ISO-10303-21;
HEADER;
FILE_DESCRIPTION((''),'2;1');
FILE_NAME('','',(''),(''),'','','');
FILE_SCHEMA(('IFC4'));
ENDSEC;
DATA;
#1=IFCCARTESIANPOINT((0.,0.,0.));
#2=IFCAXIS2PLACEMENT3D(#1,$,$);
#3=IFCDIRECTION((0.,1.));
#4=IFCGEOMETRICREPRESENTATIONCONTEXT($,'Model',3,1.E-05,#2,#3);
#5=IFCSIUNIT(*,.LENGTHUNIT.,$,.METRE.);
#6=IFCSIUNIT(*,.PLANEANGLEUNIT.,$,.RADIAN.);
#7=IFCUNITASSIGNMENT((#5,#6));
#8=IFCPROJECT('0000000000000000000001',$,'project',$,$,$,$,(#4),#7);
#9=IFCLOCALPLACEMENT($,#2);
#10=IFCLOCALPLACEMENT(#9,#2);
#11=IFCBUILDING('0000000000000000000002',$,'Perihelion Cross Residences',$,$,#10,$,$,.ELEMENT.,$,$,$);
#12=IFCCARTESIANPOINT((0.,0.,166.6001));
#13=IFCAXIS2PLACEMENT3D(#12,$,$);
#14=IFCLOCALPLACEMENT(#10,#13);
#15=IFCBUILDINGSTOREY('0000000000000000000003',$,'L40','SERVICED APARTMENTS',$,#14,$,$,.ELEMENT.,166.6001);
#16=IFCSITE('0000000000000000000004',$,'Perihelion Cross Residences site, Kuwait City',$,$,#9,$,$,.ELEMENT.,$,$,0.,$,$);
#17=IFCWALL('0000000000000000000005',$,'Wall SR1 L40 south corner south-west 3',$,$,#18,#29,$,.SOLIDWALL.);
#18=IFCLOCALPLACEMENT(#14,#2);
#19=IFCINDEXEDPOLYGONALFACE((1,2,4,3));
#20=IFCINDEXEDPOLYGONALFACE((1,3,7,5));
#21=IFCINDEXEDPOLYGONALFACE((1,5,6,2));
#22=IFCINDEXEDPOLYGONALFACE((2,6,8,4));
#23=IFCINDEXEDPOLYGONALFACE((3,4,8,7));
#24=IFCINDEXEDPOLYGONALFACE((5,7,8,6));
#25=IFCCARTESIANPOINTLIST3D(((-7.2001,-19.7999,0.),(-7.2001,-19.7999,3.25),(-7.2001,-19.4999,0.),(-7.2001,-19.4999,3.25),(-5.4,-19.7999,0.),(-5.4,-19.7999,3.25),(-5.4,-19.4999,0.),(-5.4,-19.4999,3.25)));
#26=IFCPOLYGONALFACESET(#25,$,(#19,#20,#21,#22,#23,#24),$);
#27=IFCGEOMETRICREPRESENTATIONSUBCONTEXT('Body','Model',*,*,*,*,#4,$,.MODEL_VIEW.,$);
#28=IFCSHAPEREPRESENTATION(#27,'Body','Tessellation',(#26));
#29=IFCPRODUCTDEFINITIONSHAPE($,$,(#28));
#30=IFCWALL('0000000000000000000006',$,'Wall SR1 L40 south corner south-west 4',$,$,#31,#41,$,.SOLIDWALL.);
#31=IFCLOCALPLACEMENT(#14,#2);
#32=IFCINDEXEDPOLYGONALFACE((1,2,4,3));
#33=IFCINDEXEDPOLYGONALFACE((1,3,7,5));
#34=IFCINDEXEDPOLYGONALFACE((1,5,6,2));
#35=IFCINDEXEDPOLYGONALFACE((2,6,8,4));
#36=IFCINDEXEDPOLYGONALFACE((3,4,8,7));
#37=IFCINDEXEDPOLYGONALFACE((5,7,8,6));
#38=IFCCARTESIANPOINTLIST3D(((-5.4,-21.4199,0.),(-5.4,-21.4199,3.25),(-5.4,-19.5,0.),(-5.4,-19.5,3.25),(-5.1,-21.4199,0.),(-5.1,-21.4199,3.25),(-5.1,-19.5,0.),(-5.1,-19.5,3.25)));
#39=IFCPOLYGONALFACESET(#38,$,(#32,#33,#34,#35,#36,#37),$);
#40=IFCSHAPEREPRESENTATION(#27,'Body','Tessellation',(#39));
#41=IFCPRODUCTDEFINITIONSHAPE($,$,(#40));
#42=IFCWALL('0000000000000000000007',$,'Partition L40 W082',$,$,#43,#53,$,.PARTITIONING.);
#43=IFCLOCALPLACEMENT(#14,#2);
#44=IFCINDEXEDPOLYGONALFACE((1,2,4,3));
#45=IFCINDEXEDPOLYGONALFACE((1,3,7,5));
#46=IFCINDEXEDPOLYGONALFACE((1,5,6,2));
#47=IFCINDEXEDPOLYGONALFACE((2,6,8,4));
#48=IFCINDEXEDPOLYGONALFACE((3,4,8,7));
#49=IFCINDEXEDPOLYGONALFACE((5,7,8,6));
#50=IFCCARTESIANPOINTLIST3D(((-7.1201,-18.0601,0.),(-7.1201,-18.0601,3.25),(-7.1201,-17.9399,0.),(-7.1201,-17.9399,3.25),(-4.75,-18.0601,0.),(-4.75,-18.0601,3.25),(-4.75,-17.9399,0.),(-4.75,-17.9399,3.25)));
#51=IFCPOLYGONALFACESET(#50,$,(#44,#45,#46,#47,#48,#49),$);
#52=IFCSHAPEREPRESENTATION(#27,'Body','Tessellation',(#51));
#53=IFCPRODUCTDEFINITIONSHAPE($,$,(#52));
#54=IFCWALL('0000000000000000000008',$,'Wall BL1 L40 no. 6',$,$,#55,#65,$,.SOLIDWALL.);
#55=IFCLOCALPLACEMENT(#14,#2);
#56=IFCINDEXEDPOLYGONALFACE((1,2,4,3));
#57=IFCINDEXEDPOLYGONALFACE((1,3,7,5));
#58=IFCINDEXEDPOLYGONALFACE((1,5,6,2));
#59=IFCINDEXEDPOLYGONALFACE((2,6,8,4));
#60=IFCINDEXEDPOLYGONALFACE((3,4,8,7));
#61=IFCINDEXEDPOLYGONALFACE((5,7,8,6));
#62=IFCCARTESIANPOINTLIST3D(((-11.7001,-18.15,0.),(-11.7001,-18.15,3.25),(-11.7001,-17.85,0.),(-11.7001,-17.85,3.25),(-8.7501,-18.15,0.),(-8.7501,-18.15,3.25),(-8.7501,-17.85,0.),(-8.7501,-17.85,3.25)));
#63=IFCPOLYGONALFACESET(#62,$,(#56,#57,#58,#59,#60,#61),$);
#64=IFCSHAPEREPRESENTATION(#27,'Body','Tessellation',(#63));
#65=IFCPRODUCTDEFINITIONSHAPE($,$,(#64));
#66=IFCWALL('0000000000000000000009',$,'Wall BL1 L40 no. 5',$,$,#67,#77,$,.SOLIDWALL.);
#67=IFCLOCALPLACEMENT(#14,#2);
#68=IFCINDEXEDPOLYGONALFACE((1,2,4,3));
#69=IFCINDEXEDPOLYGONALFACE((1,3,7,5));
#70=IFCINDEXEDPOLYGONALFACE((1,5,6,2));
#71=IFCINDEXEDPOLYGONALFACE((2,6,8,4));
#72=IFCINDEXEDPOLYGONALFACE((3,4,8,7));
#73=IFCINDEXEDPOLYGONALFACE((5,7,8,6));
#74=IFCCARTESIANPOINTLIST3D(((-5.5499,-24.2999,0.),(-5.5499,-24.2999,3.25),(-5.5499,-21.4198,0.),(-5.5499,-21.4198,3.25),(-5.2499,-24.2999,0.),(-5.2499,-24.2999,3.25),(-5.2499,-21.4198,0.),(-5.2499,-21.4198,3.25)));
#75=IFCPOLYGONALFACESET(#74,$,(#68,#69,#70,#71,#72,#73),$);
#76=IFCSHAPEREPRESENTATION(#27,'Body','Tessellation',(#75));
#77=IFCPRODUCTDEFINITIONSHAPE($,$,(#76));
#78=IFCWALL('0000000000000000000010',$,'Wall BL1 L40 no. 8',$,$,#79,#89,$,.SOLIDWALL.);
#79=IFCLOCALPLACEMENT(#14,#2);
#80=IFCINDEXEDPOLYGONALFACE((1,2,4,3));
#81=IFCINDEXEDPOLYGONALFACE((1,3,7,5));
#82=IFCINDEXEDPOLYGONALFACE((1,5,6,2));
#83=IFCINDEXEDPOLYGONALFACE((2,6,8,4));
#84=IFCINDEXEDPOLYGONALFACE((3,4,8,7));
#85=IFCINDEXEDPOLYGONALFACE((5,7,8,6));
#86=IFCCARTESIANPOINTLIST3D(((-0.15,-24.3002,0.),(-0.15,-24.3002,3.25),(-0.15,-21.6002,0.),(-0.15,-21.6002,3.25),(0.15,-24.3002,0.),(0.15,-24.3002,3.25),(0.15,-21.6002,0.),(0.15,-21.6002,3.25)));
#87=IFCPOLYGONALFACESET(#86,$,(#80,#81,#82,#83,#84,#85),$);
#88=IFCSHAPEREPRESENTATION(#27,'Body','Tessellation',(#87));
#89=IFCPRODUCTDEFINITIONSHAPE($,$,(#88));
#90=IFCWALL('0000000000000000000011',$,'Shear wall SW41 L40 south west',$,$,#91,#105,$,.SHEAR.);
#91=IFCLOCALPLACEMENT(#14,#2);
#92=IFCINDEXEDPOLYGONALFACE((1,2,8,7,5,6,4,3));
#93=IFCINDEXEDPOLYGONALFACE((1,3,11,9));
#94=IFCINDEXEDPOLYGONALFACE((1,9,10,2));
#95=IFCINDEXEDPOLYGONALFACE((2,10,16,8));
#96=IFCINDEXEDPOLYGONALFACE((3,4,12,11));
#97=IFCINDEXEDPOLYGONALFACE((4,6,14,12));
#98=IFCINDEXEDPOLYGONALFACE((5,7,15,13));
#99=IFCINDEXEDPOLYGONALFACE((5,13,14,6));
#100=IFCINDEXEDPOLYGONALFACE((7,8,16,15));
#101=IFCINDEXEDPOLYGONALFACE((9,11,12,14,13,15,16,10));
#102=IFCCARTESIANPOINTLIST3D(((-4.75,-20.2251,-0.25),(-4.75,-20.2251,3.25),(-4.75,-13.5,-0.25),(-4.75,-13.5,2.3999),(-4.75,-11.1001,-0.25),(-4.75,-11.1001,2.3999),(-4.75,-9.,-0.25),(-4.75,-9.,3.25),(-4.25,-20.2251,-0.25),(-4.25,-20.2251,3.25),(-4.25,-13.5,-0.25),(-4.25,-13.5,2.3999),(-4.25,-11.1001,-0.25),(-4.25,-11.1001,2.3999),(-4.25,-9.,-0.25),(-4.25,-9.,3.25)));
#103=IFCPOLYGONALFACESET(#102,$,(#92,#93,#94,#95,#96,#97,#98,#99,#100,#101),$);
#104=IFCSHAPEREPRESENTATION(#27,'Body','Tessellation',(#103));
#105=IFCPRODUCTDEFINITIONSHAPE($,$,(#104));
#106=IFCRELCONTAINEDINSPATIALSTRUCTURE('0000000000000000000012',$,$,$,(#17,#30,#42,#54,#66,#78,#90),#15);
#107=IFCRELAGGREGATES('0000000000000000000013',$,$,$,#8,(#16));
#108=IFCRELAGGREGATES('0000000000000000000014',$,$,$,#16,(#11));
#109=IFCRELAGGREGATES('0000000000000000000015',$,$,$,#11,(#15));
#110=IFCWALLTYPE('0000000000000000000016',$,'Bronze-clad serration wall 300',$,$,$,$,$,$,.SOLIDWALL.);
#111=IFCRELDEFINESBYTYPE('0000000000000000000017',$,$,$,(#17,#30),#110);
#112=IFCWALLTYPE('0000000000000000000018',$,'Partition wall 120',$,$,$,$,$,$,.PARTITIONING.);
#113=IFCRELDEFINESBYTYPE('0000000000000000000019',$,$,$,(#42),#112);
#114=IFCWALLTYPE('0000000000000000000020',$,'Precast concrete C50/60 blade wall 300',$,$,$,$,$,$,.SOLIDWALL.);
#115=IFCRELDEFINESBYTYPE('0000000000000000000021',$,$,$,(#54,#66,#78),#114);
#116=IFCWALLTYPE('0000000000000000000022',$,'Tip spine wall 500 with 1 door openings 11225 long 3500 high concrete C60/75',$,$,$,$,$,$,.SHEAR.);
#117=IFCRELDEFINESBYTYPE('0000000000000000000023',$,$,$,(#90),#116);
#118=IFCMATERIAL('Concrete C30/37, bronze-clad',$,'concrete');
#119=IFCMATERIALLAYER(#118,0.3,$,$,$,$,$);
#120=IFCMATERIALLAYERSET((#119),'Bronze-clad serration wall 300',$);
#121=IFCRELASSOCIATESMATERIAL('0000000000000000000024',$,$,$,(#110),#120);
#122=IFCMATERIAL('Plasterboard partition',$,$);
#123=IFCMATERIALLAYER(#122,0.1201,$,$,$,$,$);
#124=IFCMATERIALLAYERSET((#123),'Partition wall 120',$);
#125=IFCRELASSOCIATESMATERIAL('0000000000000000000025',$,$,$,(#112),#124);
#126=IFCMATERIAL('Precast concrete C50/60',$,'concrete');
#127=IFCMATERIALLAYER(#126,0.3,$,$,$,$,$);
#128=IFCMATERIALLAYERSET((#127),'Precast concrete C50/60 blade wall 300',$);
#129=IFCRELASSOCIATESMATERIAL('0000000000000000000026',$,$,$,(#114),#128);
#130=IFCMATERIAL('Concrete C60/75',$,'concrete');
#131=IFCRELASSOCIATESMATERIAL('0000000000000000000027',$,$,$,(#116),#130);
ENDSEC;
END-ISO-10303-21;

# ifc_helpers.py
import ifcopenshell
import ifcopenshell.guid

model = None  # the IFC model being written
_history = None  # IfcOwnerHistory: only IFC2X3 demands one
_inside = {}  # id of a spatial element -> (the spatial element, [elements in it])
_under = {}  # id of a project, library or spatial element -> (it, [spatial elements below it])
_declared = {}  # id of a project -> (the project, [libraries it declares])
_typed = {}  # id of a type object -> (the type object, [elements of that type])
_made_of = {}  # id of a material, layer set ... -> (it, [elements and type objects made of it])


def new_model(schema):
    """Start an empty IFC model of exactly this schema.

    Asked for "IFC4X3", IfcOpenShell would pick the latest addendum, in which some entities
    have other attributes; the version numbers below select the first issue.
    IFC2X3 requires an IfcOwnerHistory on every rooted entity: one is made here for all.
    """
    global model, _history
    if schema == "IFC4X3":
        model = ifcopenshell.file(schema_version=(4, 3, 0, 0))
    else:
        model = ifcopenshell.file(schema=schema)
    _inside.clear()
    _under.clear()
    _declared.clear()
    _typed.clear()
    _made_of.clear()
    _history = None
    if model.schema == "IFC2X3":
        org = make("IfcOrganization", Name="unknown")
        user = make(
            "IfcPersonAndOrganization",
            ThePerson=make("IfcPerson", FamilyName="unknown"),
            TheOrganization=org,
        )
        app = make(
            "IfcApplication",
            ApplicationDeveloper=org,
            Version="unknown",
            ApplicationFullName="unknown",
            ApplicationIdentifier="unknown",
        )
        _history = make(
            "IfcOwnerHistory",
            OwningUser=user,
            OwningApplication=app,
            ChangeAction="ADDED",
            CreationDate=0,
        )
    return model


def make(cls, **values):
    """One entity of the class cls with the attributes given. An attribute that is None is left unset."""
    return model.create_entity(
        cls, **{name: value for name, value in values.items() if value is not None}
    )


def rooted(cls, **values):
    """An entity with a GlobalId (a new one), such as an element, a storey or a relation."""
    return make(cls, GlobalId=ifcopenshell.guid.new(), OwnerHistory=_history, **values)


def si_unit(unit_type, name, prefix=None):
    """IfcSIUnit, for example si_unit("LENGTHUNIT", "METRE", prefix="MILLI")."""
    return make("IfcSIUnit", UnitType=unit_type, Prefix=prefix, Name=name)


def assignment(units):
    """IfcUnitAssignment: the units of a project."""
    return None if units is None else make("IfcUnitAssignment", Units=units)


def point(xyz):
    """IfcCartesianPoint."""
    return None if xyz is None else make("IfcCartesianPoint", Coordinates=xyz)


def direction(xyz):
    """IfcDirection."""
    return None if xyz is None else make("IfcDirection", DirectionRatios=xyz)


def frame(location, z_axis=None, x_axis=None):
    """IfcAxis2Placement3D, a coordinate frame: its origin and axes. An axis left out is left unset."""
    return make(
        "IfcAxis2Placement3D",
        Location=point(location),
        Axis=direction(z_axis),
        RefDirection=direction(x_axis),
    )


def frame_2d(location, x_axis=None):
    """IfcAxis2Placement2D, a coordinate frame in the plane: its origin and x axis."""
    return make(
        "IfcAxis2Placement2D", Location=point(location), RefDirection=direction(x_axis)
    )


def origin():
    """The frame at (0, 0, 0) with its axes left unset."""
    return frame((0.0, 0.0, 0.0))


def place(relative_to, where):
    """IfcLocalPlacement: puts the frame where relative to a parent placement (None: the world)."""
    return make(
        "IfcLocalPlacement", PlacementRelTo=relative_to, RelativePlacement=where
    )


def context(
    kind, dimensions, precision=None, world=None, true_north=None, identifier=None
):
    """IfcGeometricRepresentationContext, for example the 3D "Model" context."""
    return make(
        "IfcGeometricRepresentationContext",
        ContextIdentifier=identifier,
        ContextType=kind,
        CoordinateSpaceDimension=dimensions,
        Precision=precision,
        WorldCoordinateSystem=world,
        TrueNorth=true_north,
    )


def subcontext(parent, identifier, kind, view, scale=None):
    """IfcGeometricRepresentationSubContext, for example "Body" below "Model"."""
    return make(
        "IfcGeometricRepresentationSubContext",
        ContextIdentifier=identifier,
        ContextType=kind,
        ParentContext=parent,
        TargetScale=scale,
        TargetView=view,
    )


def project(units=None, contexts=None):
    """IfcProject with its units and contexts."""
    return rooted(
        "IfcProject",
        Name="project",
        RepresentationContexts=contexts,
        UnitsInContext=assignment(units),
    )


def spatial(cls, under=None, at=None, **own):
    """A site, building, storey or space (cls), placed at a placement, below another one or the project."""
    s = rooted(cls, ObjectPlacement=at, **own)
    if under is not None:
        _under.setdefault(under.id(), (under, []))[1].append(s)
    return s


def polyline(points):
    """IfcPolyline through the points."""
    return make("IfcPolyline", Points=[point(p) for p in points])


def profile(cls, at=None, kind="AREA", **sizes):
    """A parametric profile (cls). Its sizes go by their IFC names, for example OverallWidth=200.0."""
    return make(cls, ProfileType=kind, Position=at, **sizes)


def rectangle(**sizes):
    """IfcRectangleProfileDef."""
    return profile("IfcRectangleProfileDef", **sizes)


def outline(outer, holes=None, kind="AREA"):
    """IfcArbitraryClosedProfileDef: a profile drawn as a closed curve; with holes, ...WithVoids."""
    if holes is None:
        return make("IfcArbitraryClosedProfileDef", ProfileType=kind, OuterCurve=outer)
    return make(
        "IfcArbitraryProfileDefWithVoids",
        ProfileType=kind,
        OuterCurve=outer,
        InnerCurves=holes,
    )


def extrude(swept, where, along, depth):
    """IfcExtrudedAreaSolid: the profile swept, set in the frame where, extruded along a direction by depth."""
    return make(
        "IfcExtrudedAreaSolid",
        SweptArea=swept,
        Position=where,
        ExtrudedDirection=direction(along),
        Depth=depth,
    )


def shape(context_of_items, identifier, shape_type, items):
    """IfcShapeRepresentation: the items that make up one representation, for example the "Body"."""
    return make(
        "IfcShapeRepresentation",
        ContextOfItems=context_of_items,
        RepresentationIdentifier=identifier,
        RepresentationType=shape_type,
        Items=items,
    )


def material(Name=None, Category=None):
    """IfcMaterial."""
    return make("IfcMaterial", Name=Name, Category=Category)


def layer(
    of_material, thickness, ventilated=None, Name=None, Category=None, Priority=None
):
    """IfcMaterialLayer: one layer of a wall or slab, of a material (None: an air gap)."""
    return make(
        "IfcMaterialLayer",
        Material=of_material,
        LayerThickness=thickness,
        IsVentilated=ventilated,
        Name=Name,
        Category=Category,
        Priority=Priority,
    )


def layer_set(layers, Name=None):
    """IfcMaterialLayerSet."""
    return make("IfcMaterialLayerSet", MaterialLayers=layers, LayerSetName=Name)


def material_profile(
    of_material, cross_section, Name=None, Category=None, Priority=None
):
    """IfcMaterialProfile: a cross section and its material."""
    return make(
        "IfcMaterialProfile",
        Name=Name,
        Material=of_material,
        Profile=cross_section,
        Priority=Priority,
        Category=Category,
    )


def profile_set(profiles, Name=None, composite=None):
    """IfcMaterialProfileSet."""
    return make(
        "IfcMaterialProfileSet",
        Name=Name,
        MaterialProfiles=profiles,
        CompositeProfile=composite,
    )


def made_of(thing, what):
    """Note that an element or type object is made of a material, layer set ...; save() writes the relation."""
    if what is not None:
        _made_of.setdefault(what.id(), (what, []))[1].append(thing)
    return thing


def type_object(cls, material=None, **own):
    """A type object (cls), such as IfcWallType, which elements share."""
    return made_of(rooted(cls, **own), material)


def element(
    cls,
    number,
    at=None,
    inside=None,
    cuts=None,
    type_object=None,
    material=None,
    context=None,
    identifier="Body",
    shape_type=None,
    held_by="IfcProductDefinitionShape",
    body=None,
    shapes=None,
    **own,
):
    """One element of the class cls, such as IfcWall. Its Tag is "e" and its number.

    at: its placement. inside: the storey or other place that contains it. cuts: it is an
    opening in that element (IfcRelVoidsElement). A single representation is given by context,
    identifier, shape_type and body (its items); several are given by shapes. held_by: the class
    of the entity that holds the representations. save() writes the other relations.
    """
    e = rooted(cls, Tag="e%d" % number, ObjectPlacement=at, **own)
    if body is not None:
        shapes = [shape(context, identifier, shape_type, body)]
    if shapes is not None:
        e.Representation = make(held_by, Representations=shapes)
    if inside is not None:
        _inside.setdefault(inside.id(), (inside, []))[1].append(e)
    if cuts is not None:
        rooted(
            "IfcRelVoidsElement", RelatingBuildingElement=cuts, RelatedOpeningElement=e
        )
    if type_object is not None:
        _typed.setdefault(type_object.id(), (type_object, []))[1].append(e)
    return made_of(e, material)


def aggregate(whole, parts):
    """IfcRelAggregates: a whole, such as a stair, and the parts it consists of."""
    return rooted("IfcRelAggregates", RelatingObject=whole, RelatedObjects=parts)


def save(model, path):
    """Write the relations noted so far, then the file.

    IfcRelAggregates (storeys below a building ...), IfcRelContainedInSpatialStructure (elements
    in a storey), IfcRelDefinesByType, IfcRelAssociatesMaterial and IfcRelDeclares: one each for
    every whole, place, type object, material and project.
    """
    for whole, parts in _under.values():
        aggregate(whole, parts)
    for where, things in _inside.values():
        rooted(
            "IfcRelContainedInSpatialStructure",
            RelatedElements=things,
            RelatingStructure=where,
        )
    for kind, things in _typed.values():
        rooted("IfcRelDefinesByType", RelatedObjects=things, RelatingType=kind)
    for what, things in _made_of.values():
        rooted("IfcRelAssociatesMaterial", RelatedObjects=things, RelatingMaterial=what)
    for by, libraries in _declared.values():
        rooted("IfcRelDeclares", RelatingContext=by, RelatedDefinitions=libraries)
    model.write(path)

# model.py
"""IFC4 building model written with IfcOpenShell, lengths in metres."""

from ifc_helpers import new_model, si_unit, direction, frame, frame_2d, origin, place, context, subcontext, project, spatial, polyline, rectangle, outline, extrude, material, layer, layer_set, material_profile, profile_set, type_object, element, save


model = new_model("IFC4")

# Units and contexts
model_context = context("Model", 3, precision=1e-05, world=origin(), true_north=direction((0.0, 1.0)))
body_context = subcontext(model_context, "Body", "Model", "MODEL_VIEW")
ifc_project = project(units=[si_unit("LENGTHUNIT", "METRE"), si_unit("PLANEANGLEUNIT", "RADIAN")], contexts=[model_context])

# Site, building, storey
site_placement = place(None, origin())
site = spatial("IfcSite", under=ifc_project, at=site_placement, Name="Perihelion Cross Residences site, Kuwait City", CompositionType="ELEMENT", RefElevation=0.0)
building_placement = place(site_placement, origin())
building = spatial("IfcBuilding", under=site, at=building_placement, Name="Perihelion Cross Residences", CompositionType="ELEMENT")
storey_placement = place(building_placement, frame((0.0, 0.0, 166.6001)))
storey = spatial("IfcBuildingStorey", under=building, at=storey_placement, Name="L40", Description="SERVICED APARTMENTS", CompositionType="ELEMENT", Elevation=166.6001)

# Walls
ifc_material_1 = material(Name="Concrete C30/37, bronze-clad", Category="concrete")
ifc_layer_1 = layer(ifc_material_1, 0.3)
ifc_layer_set_1 = layer_set([ifc_layer_1], Name="Bronze-clad serration wall 300")
wall_type_1 = type_object("IfcWallType", Name="Bronze-clad serration wall 300", PredefinedType="SOLIDWALL", material=ifc_layer_set_1)
for number, where, z_axis, x_axis, name in (
    (1, (-7.2, -19.6499, 0.0), (0.0, 0.0, 1.0), (1.0, 0.0, 0.0), "Wall SR1 L40 south corner south-west 3"),
):
    element("IfcWall", number, at=place(storey_placement, frame(where, z_axis=z_axis, x_axis=x_axis)), inside=storey, type_object=wall_type_1, Name=name, PredefinedType="SOLIDWALL", context=body_context, shape_type="SweptSolid", body=[
        extrude(rectangle(XDim=1.8, YDim=0.3, at=frame_2d((0.8999, 0.0))), origin(), (0.0, 0.0, 1.0), 3.25),
    ])
wall_1_placement = place(storey_placement, frame((-5.25, -19.5, 0.0), z_axis=(0.0, 0.0, 1.0), x_axis=(0.0, -1.0, 0.0)))
element("IfcWall", 2, at=wall_1_placement, inside=storey, type_object=wall_type_1, Name="Wall SR1 L40 south corner south-west 4", PredefinedType="SOLIDWALL", context=body_context, shape_type="SweptSolid", body=[
    extrude(rectangle(XDim=1.9199, YDim=0.3, at=frame_2d((0.96, 0.0))), origin(), (0.0, 0.0, 1.0), 3.25),
])
ifc_material_2 = material(Name="Plasterboard partition")
ifc_layer_2 = layer(ifc_material_2, 0.1201)
ifc_layer_set_2 = layer_set([ifc_layer_2], Name="Partition wall 120")
wall_type_2 = type_object("IfcWallType", Name="Partition wall 120", PredefinedType="PARTITIONING", material=ifc_layer_set_2)
wall_2_placement = place(storey_placement, frame((-4.75, -18.0, 0.0), z_axis=(0.0, 0.0, 1.0), x_axis=(-1.0, 0.0, 0.0)))
element("IfcWall", 3, at=wall_2_placement, inside=storey, type_object=wall_type_2, Name="Partition L40 W082", PredefinedType="PARTITIONING", context=body_context, shape_type="SweptSolid", body=[
    extrude(rectangle(XDim=2.3701, YDim=0.1201, at=frame_2d((1.1851, 0.0))), origin(), (0.0, 0.0, 1.0), 3.25),
])
ifc_material_3 = material(Name="Precast concrete C50/60", Category="concrete")
ifc_layer_3 = layer(ifc_material_3, 0.3)
ifc_layer_set_3 = layer_set([ifc_layer_3], Name="Precast concrete C50/60 blade wall 300")
wall_type_3 = type_object("IfcWallType", Name="Precast concrete C50/60 blade wall 300", PredefinedType="SOLIDWALL", material=ifc_layer_set_3)
wall_3_placement = place(storey_placement, frame((-8.75, -18.0, 0.0), z_axis=(0.0, 0.0, 1.0), x_axis=(-1.0, 0.0, 0.0)))
element("IfcWall", 4, at=wall_3_placement, inside=storey, type_object=wall_type_3, Name="Wall BL1 L40 no. 6", PredefinedType="SOLIDWALL", context=body_context, shape_type="SweptSolid", body=[
    extrude(rectangle(XDim=2.95, YDim=0.3, at=frame_2d((1.4751, 0.0))), origin(), (0.0, 0.0, 1.0), 3.25),
])
wall_4_placement = place(storey_placement, frame((-5.3999, -21.4199, 0.0), z_axis=(0.0, 0.0, 1.0), x_axis=(0.0, -1.0, 0.0)))
element("IfcWall", 5, at=wall_4_placement, inside=storey, type_object=wall_type_3, Name="Wall BL1 L40 no. 5", PredefinedType="SOLIDWALL", context=body_context, shape_type="SweptSolid", body=[
    extrude(rectangle(XDim=2.8801, YDim=0.3, at=frame_2d((1.4399, 0.0))), origin(), (0.0, 0.0, 1.0), 3.25),
])
wall_5_placement = place(storey_placement, frame((0.0, -21.6001, 0.0), z_axis=(0.0, 0.0, 1.0), x_axis=(0.0, -1.0, 0.0)))
element("IfcWall", 6, at=wall_5_placement, inside=storey, type_object=wall_type_3, Name="Wall BL1 L40 no. 8", PredefinedType="SOLIDWALL", context=body_context, shape_type="SweptSolid", body=[
    extrude(rectangle(XDim=2.7, YDim=0.3, at=frame_2d((1.3501, 0.0))), origin(), (0.0, 0.0, 1.0), 3.25),
])
ifc_material_4 = material(Name="Concrete C60/75", Category="concrete")
ifc_material_profile_1 = material_profile(ifc_material_4, outline(polyline([(0.0, 0.0), (6.7251, 0.0), (6.7251, 2.6499), (9.125, 2.6499), (9.125, 0.0), (11.2251, 0.0), (11.2251, 3.5), (0.0, 3.5), (0.0, 0.0)])), Name="Tip spine wall")
ifc_profile_set_1 = profile_set([ifc_material_profile_1], Name="Concrete C60/75")
wall_type_4 = type_object("IfcWallType", Name="Tip spine wall 500 with 1 door openings 11225 long 3500 high concrete C60/75", PredefinedType="SHEAR", material=ifc_profile_set_1)
wall_6_placement = place(storey_placement, frame((-4.75, -20.2251, -0.25), z_axis=(1.0, 0.0, 0.0), x_axis=(0.0, 1.0, 0.0)))
element("IfcWall", 7, at=wall_6_placement, inside=storey, type_object=wall_type_4, Name="Shear wall SW41 L40 south west", PredefinedType="SHEAR", context=body_context, shape_type="SweptSolid", body=[
    extrude(outline(polyline([(0.0, 0.0), (6.7251, 0.0), (6.7251, 2.6499), (9.125, 2.6499), (9.125, 0.0), (11.2251, 0.0), (11.2251, 3.5), (0.0, 3.5), (0.0, 0.0)])), origin(), (0.0, 0.0, 1.0), 0.5),
])

save(model, "model.ifc")
